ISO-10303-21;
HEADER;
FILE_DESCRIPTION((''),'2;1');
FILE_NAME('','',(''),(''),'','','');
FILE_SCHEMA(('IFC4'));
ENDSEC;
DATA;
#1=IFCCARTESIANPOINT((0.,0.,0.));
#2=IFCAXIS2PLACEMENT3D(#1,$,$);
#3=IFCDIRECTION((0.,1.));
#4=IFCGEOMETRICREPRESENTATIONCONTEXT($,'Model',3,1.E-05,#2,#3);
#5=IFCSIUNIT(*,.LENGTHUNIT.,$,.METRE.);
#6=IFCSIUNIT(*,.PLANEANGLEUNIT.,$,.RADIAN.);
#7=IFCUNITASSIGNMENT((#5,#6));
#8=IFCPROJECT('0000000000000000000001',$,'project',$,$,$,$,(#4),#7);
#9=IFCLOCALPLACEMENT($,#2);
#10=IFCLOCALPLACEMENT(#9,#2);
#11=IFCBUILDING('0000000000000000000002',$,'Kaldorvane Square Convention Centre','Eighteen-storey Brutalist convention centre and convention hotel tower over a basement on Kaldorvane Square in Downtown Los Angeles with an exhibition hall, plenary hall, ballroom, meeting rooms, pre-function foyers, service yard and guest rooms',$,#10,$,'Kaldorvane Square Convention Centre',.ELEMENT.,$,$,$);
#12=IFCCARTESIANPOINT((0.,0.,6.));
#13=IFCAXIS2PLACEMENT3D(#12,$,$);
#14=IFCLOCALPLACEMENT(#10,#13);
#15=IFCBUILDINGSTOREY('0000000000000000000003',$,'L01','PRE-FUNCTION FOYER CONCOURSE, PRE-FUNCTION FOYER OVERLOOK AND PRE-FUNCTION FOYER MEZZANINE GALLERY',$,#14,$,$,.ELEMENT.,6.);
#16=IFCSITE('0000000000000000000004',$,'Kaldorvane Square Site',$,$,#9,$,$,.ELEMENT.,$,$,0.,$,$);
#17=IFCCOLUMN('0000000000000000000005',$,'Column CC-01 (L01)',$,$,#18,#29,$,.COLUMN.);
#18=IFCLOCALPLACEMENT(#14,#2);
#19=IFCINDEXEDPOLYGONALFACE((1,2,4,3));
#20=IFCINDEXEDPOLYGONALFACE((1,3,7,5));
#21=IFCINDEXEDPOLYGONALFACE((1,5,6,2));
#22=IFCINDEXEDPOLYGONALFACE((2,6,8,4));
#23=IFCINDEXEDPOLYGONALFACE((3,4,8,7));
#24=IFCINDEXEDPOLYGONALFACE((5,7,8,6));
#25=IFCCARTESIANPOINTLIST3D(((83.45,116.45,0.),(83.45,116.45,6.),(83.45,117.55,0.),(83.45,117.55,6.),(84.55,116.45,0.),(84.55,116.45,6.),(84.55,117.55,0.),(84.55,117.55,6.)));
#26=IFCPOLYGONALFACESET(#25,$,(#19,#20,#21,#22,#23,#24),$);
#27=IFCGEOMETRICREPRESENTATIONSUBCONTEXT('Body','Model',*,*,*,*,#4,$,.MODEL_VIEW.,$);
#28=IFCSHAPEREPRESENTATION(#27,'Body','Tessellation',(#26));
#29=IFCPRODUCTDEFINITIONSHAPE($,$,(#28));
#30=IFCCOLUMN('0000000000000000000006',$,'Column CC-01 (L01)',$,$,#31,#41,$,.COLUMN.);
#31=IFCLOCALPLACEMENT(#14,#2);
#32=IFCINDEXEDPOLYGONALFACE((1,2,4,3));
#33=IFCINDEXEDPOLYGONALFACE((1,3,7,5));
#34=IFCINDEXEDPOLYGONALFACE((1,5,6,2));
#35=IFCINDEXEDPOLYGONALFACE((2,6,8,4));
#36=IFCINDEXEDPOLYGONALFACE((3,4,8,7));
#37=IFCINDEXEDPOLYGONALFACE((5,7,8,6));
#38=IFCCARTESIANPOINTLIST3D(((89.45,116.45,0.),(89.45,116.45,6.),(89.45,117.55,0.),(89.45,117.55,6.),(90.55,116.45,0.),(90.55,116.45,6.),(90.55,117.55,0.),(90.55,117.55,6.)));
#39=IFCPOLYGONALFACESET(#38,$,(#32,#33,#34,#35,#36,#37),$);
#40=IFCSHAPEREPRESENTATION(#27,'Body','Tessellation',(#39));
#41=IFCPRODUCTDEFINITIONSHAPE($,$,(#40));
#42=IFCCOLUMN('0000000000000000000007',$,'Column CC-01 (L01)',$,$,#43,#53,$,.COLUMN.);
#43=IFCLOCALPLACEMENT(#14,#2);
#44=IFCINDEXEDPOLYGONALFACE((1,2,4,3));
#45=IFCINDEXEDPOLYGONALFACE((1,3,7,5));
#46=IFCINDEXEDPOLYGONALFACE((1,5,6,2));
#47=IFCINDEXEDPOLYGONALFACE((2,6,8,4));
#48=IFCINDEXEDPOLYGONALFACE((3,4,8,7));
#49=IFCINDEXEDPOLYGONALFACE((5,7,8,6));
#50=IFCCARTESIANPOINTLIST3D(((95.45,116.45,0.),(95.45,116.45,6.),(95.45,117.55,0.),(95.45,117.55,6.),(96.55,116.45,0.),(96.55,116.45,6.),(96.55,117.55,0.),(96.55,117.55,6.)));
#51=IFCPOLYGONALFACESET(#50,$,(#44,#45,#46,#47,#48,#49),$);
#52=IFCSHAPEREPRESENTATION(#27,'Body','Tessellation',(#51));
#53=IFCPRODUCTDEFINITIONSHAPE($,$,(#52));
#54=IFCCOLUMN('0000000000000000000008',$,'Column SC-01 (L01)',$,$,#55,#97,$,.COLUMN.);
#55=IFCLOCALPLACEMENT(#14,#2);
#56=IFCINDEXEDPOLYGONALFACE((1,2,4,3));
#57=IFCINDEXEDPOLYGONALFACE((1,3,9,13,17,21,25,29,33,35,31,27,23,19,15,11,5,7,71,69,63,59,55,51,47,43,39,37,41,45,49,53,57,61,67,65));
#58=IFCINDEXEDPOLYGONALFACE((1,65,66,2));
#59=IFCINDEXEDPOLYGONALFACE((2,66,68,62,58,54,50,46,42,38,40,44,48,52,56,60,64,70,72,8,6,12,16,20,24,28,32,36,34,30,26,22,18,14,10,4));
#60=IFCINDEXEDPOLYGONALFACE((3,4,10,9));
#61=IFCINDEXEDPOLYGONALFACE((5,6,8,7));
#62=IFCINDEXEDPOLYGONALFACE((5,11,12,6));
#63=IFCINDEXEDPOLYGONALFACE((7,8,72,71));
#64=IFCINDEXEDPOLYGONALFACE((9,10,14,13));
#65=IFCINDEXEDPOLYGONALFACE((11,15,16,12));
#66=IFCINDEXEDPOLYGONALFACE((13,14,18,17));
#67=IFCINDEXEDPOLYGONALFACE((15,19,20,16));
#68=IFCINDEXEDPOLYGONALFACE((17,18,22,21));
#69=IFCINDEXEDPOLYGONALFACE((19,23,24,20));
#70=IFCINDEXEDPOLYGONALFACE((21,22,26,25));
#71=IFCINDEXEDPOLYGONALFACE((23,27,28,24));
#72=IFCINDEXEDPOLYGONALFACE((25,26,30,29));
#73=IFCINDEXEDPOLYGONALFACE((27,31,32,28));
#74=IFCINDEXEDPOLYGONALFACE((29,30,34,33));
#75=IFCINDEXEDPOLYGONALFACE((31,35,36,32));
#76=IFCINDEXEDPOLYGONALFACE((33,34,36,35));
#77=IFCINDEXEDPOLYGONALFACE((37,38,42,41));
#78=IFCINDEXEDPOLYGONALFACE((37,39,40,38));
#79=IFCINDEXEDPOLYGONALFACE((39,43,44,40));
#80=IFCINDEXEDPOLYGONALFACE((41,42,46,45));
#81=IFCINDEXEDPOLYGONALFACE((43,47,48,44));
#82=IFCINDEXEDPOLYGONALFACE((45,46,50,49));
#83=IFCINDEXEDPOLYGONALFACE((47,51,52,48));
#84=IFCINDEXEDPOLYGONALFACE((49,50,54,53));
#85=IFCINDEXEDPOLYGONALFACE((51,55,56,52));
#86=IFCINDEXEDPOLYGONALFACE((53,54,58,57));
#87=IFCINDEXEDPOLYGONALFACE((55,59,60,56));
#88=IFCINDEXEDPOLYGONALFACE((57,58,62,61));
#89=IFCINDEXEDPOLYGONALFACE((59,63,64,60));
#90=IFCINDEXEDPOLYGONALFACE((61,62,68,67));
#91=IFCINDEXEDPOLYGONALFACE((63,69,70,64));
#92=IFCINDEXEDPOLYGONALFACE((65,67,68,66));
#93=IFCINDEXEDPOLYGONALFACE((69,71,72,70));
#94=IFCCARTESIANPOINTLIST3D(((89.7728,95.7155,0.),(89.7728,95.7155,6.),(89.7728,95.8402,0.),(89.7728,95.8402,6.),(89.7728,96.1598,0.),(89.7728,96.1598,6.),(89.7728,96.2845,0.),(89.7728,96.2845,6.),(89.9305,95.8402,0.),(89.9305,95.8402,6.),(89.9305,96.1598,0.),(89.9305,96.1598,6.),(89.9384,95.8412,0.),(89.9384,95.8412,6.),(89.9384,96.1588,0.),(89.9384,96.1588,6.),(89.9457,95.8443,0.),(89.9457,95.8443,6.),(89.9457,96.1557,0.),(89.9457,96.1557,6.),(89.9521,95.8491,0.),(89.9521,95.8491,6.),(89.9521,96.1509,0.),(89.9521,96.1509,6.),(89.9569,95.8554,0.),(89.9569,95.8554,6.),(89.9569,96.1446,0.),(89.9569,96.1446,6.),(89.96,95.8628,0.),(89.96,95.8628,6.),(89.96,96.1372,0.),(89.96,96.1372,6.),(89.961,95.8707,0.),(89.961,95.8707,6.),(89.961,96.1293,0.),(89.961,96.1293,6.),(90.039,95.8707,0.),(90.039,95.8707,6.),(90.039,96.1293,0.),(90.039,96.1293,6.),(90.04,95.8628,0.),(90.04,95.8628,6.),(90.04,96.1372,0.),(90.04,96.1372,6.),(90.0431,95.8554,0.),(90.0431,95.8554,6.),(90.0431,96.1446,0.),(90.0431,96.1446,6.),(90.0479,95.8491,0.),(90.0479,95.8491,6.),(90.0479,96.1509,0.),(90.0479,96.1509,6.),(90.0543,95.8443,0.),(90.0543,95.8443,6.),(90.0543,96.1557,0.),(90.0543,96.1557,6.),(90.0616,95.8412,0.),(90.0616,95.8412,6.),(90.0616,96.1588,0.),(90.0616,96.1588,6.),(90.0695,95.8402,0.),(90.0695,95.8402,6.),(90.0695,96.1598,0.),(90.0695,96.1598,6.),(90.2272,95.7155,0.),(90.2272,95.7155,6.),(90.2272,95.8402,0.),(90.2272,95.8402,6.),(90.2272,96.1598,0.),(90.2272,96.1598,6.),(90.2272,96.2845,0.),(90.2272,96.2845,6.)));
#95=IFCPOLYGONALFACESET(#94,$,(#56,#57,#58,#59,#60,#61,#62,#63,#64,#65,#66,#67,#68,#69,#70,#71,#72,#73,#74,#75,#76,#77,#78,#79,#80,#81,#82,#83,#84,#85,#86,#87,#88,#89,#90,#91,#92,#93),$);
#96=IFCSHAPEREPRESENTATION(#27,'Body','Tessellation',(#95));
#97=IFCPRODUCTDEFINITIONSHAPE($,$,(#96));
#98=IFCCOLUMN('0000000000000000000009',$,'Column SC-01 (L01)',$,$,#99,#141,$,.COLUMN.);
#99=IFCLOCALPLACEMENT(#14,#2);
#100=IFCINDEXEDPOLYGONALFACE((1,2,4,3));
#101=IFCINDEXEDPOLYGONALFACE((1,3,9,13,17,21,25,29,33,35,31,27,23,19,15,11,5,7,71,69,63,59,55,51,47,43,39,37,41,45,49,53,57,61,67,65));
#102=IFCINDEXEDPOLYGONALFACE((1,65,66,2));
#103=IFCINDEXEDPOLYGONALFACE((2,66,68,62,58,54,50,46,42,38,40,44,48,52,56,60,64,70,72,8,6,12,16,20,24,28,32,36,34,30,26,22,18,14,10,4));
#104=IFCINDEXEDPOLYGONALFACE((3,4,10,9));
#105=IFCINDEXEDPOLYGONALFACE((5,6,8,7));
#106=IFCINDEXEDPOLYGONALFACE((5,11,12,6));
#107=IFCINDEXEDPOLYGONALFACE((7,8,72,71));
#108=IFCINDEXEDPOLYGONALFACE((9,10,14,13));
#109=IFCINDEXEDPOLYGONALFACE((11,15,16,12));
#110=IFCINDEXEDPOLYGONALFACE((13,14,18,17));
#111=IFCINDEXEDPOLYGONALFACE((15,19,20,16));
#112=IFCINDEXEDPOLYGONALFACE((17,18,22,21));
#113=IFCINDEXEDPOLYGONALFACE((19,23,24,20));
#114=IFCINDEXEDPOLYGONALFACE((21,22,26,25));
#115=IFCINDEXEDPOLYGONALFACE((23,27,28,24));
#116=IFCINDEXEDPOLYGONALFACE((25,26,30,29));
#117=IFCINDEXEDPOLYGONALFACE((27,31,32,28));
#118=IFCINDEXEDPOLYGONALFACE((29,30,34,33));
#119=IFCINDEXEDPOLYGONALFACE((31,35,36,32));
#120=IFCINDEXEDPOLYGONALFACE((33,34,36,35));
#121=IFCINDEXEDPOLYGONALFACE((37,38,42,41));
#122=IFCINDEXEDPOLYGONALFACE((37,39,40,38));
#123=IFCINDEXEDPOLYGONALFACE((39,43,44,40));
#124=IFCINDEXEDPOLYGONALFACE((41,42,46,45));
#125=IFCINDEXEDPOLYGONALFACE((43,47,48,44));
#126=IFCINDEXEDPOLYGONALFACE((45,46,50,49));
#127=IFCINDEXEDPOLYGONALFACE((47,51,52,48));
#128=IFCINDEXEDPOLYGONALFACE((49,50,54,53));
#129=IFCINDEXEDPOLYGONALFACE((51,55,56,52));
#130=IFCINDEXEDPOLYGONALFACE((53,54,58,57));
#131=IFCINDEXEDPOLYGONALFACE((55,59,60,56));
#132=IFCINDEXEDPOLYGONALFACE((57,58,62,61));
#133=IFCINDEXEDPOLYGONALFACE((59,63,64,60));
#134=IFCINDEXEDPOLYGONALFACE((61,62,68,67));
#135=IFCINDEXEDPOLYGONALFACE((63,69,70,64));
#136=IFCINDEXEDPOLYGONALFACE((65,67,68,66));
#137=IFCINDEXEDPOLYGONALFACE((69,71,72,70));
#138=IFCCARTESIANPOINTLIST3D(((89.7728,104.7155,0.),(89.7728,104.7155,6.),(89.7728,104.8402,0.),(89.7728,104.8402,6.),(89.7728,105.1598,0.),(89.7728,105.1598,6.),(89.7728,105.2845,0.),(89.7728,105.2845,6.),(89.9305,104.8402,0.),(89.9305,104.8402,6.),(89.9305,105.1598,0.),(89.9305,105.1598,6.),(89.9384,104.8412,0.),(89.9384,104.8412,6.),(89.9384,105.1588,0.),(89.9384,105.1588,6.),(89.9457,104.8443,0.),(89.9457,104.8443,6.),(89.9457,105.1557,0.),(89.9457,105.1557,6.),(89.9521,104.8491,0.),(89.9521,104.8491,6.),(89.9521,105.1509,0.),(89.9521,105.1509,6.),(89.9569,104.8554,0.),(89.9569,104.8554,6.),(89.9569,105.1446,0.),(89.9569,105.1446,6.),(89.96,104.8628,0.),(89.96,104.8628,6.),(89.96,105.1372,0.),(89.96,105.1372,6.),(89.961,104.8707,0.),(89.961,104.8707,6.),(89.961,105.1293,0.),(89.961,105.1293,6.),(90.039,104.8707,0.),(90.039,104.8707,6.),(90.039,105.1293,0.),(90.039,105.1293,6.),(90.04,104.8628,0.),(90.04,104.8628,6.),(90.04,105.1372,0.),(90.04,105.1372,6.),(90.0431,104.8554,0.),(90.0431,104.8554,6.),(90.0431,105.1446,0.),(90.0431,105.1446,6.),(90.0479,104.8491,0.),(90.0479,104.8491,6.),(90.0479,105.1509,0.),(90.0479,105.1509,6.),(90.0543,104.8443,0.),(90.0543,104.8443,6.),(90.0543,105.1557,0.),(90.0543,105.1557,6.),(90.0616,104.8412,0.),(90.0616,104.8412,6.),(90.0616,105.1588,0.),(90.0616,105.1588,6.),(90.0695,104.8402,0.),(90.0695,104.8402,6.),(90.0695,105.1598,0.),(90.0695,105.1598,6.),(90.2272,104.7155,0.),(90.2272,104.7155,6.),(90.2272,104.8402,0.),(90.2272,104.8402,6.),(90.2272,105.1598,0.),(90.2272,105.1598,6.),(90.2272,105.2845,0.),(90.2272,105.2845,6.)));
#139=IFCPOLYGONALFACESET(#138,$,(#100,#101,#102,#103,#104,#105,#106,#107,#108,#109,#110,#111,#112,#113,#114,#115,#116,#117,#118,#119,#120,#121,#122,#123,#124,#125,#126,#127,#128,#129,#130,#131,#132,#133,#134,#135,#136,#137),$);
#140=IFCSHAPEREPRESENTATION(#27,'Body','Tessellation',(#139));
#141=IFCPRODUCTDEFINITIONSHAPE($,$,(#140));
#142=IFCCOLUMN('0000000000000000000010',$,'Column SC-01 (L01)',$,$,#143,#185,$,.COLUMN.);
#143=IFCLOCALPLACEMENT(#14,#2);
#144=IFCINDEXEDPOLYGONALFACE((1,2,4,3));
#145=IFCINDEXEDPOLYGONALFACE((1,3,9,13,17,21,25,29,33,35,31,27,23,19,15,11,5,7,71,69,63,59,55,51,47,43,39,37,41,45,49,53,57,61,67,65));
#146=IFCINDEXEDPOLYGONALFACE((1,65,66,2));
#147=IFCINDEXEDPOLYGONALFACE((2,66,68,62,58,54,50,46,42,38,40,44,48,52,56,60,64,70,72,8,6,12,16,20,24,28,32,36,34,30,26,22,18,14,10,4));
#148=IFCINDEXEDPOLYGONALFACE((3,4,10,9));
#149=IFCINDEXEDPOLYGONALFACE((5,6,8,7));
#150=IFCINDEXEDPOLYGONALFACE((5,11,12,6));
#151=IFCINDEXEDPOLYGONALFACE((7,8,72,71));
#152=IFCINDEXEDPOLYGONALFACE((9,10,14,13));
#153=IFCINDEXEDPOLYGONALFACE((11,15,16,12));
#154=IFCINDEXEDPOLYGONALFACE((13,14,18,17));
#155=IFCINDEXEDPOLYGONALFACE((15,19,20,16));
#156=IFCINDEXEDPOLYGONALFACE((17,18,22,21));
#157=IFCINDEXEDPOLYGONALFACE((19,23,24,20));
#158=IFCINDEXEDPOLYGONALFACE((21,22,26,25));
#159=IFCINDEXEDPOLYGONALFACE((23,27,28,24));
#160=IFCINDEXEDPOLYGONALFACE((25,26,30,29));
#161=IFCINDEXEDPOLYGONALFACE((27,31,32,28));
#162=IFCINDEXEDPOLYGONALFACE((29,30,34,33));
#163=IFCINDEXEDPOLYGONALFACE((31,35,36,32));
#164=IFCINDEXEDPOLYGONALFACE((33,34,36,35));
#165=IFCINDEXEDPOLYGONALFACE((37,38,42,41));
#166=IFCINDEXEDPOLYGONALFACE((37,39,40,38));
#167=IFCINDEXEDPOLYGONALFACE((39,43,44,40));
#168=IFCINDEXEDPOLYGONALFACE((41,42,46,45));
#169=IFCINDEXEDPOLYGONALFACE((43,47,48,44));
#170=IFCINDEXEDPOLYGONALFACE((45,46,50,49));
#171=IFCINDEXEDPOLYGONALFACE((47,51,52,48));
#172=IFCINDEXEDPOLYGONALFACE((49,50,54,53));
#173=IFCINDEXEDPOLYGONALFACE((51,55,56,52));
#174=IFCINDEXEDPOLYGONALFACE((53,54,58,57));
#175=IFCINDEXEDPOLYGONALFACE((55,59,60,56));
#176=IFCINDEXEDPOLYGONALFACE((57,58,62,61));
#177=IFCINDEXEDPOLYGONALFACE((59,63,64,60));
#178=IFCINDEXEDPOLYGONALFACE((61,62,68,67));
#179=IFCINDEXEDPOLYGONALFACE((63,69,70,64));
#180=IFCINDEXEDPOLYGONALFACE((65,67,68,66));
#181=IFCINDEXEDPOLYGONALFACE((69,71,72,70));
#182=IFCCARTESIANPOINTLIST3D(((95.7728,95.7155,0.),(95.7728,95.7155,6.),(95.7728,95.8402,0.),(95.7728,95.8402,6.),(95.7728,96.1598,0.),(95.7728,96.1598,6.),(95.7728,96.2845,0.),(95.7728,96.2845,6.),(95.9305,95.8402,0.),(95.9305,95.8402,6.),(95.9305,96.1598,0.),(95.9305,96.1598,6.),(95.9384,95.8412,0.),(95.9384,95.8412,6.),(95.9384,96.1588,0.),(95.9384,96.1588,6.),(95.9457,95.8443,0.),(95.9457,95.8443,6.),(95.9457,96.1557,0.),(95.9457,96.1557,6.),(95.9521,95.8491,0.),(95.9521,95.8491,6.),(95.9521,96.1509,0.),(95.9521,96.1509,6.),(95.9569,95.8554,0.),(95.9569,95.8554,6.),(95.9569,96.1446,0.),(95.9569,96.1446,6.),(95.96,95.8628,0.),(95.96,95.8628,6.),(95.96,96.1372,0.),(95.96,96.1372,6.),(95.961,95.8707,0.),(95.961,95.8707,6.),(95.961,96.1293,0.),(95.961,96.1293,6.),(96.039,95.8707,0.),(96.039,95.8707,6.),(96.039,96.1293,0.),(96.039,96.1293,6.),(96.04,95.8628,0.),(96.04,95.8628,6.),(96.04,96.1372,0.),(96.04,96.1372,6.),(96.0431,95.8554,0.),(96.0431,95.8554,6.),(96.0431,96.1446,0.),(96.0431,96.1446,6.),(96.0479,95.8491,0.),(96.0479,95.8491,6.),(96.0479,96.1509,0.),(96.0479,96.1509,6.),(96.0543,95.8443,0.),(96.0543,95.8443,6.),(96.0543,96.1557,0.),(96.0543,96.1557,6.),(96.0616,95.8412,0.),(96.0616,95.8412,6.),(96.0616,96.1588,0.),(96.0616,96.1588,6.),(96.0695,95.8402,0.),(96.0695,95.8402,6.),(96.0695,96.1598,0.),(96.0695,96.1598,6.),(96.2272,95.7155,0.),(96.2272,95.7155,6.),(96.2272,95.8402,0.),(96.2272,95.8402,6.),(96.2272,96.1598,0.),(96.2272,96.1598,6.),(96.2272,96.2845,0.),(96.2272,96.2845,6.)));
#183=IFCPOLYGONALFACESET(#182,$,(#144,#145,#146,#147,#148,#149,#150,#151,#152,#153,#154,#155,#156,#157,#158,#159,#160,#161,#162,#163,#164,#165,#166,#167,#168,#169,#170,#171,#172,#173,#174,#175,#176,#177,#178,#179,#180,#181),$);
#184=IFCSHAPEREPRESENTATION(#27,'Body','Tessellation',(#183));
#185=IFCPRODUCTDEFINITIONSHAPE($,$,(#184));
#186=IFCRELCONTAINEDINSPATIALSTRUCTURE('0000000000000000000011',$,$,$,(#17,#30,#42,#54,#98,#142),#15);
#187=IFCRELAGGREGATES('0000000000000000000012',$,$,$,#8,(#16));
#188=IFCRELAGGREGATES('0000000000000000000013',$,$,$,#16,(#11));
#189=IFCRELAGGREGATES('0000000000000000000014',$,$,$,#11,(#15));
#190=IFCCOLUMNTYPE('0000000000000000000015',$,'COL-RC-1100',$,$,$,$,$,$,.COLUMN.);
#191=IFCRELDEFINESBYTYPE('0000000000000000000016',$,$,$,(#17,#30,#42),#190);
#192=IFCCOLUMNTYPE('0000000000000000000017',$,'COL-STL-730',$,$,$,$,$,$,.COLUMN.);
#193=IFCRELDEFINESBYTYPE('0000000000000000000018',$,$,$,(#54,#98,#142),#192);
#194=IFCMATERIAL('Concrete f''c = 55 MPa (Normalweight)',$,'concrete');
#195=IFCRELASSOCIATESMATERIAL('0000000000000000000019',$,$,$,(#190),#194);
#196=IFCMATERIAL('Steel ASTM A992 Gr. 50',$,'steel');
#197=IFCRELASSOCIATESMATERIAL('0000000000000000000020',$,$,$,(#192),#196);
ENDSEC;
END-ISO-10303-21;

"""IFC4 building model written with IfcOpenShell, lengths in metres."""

from ifc_helpers import new_model, si_unit, direction, frame, origin, origin_2d, place, context, subcontext, project, spatial, rectangle, i_section, extrude, material, material_profile, profile_set, type_object, element, save


model = new_model("IFC4")

# Units and contexts
model_context = context("Model", 3, precision=1e-05, world=origin(), true_north=direction((0.0, 1.0)))
body_context = subcontext(model_context, "Body", "Model", "MODEL_VIEW")
ifc_project = project(units=[si_unit("LENGTHUNIT", "METRE"), si_unit("PLANEANGLEUNIT", "RADIAN")], contexts=[model_context])

# Site, building, storey
site_placement = place(None, origin())
site = spatial("IfcSite", under=ifc_project, at=site_placement, Name="Kaldorvane Square Site", CompositionType="ELEMENT", RefElevation=0.0)
building_placement = place(site_placement, origin())
building = spatial("IfcBuilding", under=site, at=building_placement, Name="Kaldorvane Square Convention Centre", Description="Eighteen-storey Brutalist convention centre and convention hotel tower over a basement on Kaldorvane Square in Downtown Los Angeles with an exhibition hall, plenary hall, ballroom, meeting rooms, pre-function foyers, service yard and guest rooms", LongName="Kaldorvane Square Convention Centre", CompositionType="ELEMENT")
storey_placement = place(building_placement, frame((0.0, 0.0, 6.0)))
storey = spatial("IfcBuildingStorey", under=building, at=storey_placement, Name="L01", Description="PRE-FUNCTION FOYER CONCOURSE, PRE-FUNCTION FOYER OVERLOOK AND PRE-FUNCTION FOYER MEZZANINE GALLERY", CompositionType="ELEMENT", Elevation=6.0)

# Columns
ifc_material_1 = material(Name="Concrete f'c = 55 MPa (Normalweight)", Category="concrete")
ifc_material_profile_1 = material_profile(ifc_material_1, rectangle(XDim=1.1, YDim=1.1, at=origin_2d()), Name="RC1100X1100")
ifc_profile_set_1 = profile_set([ifc_material_profile_1], Name="Concrete f'c = 55 MPa (Normalweight)")
column_type_1 = type_object("IfcColumnType", Name="COL-RC-1100", PredefinedType="COLUMN", material=ifc_profile_set_1)
for number, where, z_axis, x_axis, name in (
    (1, (84.0, 117.0, 0.0), (0.0, 0.0, 1.0), (1.0, 0.0, 0.0), "Column CC-01 (L01)"),
    (2, (90.0, 117.0, 0.0), (0.0, 0.0, 1.0), (1.0, 0.0, 0.0), "Column CC-01 (L01)"),
    (3, (96.0, 117.0, 0.0), (0.0, 0.0, 1.0), (1.0, 0.0, 0.0), "Column CC-01 (L01)"),
):
    element("IfcColumn", number, at=place(storey_placement, frame(where, z_axis=z_axis, x_axis=x_axis)), inside=storey, type_object=column_type_1, Name=name, PredefinedType="COLUMN", context=body_context, shape_type="SweptSolid", body=[
        extrude(rectangle(XDim=1.1, YDim=1.1, at=origin_2d()), origin(), (0.0, 0.0, 1.0), 6.0),
    ])
ifc_material_2 = material(Name="Steel ASTM A992 Gr. 50", Category="steel")
ifc_material_profile_2 = material_profile(ifc_material_2, i_section(OverallWidth=0.4544, OverallDepth=0.569, WebThickness=0.078, FlangeThickness=0.1247, FilletRadius=0.0305, at=origin_2d()), Name="W14X730")
ifc_profile_set_2 = profile_set([ifc_material_profile_2], Name="Steel ASTM A992 Gr. 50")
column_type_2 = type_object("IfcColumnType", Name="COL-STL-730", PredefinedType="COLUMN", material=ifc_profile_set_2)
for number, where, z_axis, x_axis, name in (
    (4, (90.0, 96.0, 0.0), (0.0, 0.0, 1.0), (1.0, 0.0, 0.0), "Column SC-01 (L01)"),
    (5, (90.0, 105.0, 0.0), (0.0, 0.0, 1.0), (1.0, 0.0, 0.0), "Column SC-01 (L01)"),
    (6, (96.0, 96.0, 0.0), (0.0, 0.0, 1.0), (1.0, 0.0, 0.0), "Column SC-01 (L01)"),
):
    element("IfcColumn", number, at=place(storey_placement, frame(where, z_axis=z_axis, x_axis=x_axis)), inside=storey, type_object=column_type_2, Name=name, PredefinedType="COLUMN", context=body_context, shape_type="SweptSolid", body=[
        extrude(i_section(OverallWidth=0.4544, OverallDepth=0.569, WebThickness=0.078, FlangeThickness=0.1247, FilletRadius=0.0305, at=origin_2d()), origin(), (0.0, 0.0, 1.0), 6.0),
    ])

save(model, "model.ifc")
